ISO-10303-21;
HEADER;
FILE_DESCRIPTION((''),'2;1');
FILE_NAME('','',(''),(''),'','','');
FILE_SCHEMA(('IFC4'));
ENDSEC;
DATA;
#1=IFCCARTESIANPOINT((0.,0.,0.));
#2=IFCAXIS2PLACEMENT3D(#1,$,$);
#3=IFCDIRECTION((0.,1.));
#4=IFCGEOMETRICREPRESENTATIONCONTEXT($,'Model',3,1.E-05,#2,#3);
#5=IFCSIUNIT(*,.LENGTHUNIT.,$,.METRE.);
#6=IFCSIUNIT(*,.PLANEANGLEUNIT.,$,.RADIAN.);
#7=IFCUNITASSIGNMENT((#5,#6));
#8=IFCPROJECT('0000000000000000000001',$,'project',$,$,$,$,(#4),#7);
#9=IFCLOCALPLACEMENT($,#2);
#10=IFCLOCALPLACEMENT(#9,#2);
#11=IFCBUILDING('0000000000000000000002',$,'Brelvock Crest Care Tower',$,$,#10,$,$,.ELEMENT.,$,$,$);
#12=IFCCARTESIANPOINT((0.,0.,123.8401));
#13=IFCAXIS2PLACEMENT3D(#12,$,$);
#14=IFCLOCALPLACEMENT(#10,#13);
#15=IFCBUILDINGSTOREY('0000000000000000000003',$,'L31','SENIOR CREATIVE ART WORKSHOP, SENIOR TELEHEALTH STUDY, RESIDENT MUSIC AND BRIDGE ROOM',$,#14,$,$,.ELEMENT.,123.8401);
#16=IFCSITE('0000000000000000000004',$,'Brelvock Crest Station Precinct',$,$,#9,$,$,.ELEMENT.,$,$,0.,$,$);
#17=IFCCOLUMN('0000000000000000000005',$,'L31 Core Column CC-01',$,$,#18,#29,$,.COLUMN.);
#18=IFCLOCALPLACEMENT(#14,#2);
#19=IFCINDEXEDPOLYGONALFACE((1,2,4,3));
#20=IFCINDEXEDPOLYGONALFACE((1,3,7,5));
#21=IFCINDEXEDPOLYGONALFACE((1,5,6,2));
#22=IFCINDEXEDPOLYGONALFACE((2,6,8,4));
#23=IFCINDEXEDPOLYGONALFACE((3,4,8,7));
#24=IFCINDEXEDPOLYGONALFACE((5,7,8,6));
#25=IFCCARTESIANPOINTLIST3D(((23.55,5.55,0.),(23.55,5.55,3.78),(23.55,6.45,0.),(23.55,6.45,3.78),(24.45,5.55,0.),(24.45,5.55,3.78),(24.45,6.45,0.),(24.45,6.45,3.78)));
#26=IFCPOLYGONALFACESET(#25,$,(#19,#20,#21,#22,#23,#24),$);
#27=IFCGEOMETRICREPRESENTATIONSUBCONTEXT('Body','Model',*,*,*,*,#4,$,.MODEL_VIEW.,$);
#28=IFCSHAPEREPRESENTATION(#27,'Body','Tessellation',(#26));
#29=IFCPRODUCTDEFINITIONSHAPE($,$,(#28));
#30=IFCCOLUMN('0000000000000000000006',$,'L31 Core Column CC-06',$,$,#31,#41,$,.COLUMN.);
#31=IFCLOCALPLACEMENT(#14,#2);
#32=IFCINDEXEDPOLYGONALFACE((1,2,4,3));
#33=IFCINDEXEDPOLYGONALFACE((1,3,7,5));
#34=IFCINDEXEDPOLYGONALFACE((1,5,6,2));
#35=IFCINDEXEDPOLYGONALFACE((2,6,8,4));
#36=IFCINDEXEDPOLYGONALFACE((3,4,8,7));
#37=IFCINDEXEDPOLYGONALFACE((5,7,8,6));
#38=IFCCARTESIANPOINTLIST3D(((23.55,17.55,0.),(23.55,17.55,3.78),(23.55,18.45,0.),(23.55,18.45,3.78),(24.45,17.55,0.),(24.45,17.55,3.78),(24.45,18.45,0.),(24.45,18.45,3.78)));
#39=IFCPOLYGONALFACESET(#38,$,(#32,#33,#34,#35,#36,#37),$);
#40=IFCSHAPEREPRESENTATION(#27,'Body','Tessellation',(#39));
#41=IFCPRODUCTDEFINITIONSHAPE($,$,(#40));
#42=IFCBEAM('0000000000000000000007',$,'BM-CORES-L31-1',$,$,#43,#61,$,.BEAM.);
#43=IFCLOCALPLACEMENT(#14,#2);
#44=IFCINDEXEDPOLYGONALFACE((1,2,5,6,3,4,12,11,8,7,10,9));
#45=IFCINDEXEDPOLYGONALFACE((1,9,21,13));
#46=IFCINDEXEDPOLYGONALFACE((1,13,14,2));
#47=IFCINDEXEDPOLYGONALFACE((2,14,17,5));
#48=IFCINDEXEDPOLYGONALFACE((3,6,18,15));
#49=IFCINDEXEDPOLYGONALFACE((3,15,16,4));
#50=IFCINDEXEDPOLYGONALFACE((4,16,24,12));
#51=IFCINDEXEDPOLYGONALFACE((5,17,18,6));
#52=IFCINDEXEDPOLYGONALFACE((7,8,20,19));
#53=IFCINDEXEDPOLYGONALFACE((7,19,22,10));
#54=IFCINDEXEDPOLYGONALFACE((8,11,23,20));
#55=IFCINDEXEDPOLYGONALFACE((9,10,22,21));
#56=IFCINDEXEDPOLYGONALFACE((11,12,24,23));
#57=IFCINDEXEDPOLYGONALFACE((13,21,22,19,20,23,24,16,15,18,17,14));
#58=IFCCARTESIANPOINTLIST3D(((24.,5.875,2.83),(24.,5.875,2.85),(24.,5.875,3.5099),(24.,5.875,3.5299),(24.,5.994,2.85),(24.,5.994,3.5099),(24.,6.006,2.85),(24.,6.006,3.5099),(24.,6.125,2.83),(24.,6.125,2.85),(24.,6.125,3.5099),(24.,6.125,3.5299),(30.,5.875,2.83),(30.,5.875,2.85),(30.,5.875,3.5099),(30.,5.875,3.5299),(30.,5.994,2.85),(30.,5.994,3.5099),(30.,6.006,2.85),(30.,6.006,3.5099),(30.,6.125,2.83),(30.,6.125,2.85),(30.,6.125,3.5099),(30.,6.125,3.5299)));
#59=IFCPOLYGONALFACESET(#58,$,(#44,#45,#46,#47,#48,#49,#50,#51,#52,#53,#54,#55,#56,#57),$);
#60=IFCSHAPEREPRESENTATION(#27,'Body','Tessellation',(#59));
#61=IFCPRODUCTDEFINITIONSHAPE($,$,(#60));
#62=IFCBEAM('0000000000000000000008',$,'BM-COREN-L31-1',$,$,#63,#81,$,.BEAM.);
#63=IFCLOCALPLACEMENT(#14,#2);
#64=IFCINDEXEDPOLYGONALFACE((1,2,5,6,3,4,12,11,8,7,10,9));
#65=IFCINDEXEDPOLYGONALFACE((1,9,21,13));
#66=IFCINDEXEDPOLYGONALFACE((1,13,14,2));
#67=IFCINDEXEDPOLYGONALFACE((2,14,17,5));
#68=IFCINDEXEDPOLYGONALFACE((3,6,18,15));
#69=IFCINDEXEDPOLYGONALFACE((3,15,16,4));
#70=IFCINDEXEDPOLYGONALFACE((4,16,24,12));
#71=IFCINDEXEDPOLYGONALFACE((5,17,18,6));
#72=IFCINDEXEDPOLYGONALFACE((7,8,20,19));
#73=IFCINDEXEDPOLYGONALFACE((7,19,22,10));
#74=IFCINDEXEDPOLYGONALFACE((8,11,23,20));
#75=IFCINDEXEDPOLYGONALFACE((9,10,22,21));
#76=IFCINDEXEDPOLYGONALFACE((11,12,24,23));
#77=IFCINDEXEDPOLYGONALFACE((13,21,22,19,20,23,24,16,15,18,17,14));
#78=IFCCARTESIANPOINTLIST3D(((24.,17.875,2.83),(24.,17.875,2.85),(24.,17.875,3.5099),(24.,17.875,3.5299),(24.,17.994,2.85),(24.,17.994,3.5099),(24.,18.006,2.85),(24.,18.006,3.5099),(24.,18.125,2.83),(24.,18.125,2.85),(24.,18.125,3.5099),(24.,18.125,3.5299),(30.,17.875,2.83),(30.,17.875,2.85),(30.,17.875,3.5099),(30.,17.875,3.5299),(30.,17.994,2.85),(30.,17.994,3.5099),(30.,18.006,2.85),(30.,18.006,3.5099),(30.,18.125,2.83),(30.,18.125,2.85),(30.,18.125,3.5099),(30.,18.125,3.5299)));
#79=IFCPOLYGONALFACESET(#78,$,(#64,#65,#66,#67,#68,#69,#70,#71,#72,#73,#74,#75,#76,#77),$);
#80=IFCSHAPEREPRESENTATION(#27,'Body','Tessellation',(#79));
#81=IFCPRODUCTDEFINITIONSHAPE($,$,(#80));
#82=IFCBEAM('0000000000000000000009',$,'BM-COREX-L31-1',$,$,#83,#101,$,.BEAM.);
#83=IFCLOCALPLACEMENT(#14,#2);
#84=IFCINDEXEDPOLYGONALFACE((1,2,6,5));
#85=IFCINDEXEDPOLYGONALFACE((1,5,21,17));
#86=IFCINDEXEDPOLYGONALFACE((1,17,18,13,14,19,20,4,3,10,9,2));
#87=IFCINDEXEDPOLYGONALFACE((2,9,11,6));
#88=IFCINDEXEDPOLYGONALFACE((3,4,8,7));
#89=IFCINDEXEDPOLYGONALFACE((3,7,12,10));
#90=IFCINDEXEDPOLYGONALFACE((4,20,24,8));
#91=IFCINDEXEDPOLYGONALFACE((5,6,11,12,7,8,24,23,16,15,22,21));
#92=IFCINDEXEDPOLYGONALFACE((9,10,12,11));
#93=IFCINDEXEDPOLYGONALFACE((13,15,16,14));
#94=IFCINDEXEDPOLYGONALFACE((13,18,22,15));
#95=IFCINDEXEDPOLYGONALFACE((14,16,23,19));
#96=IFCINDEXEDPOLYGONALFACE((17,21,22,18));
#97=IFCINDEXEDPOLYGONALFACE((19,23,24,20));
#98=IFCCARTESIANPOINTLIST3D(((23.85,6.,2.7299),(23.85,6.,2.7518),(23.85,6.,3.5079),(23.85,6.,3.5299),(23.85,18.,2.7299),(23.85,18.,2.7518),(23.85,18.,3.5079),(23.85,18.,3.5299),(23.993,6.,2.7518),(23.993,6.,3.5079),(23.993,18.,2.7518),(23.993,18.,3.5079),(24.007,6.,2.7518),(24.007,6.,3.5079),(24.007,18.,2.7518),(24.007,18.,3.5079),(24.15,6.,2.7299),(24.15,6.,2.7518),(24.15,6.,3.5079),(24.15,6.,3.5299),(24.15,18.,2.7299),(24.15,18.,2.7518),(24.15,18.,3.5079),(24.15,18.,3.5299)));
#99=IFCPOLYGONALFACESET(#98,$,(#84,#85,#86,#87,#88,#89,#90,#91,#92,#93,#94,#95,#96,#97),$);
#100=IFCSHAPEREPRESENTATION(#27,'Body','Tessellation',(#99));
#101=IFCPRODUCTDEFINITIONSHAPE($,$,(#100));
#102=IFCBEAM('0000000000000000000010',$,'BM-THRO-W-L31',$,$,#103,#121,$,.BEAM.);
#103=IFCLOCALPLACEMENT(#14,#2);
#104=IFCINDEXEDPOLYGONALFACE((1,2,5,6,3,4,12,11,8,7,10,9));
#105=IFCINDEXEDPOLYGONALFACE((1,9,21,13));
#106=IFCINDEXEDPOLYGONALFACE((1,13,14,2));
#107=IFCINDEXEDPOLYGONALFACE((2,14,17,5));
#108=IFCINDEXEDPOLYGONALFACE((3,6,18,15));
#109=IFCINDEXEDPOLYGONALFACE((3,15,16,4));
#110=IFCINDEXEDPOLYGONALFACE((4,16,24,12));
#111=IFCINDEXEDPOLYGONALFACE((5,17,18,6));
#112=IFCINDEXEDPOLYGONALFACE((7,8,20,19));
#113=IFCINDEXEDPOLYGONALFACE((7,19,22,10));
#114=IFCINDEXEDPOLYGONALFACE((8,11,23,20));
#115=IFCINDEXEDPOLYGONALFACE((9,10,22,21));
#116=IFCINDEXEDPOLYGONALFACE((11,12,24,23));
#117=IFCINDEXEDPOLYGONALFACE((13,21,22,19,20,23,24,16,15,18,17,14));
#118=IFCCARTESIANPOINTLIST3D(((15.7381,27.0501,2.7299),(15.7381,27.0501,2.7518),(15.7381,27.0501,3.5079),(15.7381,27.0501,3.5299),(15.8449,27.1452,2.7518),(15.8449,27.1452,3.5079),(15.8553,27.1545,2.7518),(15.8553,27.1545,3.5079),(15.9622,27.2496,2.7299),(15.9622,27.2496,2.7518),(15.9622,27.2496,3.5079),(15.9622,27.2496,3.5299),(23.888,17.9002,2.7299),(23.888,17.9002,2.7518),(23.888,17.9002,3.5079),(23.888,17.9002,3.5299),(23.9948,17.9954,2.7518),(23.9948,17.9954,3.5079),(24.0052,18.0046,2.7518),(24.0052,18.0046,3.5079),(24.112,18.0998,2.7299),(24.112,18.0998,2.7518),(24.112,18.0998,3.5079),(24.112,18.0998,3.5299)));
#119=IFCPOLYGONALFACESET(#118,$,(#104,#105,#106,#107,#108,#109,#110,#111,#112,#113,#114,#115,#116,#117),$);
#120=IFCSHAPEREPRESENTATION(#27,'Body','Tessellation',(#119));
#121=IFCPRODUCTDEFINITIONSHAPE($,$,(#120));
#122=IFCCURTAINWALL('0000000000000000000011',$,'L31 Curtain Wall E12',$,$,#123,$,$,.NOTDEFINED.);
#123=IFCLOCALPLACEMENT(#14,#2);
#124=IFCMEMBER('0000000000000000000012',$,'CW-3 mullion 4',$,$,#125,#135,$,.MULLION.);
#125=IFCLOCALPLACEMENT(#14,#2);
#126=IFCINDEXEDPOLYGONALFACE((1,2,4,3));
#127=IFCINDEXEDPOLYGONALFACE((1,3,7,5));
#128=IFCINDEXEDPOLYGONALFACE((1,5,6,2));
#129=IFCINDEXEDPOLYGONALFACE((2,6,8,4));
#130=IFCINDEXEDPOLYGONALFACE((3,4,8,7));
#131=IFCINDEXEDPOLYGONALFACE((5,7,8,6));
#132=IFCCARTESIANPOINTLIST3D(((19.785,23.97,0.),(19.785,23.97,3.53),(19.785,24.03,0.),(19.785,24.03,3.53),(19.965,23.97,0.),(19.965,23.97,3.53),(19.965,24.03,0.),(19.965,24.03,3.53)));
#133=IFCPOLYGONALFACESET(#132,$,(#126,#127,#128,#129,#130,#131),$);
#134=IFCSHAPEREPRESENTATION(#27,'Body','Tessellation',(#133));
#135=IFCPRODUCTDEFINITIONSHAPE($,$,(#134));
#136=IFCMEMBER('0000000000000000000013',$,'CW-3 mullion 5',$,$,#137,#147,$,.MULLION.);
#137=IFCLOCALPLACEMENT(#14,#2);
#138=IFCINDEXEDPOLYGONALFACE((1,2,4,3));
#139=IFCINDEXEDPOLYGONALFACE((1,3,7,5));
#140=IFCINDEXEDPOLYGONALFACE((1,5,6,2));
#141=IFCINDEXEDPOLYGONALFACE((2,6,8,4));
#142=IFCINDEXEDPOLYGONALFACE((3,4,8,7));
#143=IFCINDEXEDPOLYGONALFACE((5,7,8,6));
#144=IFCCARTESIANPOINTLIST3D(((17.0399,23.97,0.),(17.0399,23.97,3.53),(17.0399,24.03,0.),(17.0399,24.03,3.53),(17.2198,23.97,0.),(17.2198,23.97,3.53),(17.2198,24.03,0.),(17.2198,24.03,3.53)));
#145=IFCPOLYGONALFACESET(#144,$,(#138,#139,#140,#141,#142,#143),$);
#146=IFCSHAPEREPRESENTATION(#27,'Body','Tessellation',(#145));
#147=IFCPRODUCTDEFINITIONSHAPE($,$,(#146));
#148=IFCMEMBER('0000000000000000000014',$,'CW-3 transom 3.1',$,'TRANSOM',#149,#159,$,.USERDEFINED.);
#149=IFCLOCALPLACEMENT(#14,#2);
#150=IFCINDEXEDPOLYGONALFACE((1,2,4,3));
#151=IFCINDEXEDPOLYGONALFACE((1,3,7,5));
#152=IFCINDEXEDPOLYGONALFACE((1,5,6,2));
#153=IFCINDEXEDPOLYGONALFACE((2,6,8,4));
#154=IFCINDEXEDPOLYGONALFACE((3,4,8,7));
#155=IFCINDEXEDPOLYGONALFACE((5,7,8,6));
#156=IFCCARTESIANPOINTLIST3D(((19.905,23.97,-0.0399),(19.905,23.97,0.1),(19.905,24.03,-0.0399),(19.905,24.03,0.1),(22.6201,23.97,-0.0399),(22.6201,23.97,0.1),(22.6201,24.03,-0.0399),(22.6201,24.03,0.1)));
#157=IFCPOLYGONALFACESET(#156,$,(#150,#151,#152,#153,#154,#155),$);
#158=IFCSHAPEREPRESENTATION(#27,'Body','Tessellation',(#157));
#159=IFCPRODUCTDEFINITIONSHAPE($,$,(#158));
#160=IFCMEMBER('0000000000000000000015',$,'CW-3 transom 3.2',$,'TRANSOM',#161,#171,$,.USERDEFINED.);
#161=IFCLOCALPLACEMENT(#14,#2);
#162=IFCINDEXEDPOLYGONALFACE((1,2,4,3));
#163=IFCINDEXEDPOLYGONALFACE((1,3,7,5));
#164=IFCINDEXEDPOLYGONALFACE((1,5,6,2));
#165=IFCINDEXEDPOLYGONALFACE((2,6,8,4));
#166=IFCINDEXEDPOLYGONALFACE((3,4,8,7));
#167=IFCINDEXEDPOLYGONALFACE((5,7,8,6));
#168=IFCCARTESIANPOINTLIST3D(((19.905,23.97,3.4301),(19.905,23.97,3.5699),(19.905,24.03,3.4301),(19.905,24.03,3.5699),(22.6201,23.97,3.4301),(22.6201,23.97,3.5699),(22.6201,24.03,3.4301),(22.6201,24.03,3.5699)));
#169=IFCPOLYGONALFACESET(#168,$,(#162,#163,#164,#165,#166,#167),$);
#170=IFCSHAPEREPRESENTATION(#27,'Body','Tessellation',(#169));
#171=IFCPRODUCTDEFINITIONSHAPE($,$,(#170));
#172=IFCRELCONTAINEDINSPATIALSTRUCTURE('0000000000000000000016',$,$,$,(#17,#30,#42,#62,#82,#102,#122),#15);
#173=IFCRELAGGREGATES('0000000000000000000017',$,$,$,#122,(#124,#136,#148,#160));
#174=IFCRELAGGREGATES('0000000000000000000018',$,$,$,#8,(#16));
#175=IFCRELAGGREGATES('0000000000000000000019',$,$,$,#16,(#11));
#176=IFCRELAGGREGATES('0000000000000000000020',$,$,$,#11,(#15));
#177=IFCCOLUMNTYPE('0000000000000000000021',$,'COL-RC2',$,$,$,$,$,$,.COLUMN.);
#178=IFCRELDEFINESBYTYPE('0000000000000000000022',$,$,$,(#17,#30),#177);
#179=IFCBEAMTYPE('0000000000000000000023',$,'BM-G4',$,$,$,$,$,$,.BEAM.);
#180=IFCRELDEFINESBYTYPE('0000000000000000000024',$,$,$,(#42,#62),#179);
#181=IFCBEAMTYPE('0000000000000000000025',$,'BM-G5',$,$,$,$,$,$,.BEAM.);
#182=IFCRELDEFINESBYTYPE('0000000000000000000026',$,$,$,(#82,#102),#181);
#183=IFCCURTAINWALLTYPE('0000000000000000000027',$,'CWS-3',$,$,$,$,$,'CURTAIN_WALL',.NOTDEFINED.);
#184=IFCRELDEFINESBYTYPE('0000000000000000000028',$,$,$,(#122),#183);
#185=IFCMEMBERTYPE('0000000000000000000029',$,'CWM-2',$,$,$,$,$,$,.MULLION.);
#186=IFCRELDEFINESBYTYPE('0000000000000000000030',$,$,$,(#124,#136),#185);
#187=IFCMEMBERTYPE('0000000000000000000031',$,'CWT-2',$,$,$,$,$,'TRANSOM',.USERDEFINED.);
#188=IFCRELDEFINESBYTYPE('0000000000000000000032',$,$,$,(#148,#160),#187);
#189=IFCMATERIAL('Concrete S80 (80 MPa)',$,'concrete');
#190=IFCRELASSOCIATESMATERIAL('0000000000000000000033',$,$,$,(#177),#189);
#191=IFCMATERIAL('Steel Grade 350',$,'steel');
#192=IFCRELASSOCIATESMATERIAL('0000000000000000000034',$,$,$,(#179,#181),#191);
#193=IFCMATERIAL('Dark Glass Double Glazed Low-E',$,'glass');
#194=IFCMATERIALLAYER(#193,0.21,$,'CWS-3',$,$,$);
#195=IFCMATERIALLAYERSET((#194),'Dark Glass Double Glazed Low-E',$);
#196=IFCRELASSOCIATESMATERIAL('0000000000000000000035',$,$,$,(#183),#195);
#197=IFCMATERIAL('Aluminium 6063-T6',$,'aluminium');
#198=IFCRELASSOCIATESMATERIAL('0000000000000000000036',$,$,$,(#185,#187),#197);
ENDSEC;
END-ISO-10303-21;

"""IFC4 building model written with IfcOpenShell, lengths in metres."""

from ifc_helpers import new_model, si_unit, direction, frame, origin, origin_2d, place, context, subcontext, project, spatial, rectangle, i_section, extrude, source, transform, mapped, material, layer, layer_set, material_profile, profile_set, type_object, element, aggregate, save


model = new_model("IFC4")

# Units and contexts
model_context = context("Model", 3, precision=1e-05, world=origin(), true_north=direction((0.0, 1.0)))
body_context = subcontext(model_context, "Body", "Model", "MODEL_VIEW")
ifc_project = project(units=[si_unit("LENGTHUNIT", "METRE"), si_unit("PLANEANGLEUNIT", "RADIAN")], contexts=[model_context])

# Site, building, storey
site_placement = place(None, origin())
site = spatial("IfcSite", under=ifc_project, at=site_placement, Name="Brelvock Crest Station Precinct", CompositionType="ELEMENT", RefElevation=0.0)
building_placement = place(site_placement, origin())
building = spatial("IfcBuilding", under=site, at=building_placement, Name="Brelvock Crest Care Tower", CompositionType="ELEMENT")
storey_placement = place(building_placement, frame((0.0, 0.0, 123.8401)))
storey = spatial("IfcBuildingStorey", under=building, at=storey_placement, Name="L31", Description="SENIOR CREATIVE ART WORKSHOP, SENIOR TELEHEALTH STUDY, RESIDENT MUSIC AND BRIDGE ROOM", CompositionType="ELEMENT", Elevation=123.8401)

# Columns
ifc_material_1 = material(Name="Concrete S80 (80 MPa)", Category="concrete")
ifc_material_profile_1 = material_profile(ifc_material_1, rectangle(XDim=0.8999, YDim=0.8999, at=origin_2d()), Name="RC900x900")
ifc_profile_set_1 = profile_set([ifc_material_profile_1], Name="Concrete S80 (80 MPa)")
column_type = type_object("IfcColumnType", Name="COL-RC2", PredefinedType="COLUMN", material=ifc_profile_set_1)
shared_shape_1 = source(origin(), body_context, "Body", "SweptSolid", [
    extrude(rectangle(XDim=0.8999, YDim=0.8999, at=origin_2d()), origin(), (0.0, 0.0, 1.0), 3.78),
])
for number, where, z_axis, x_axis, name in (
    (1, (24.0, 6.0, 0.0), (0.0, 0.0, 1.0), (1.0, 0.0, 0.0), "L31 Core Column CC-01"),
    (2, (24.0, 18.0, 0.0), (0.0, 0.0, 1.0), (1.0, 0.0, 0.0), "L31 Core Column CC-06"),
):
    element("IfcColumn", number, at=place(storey_placement, frame(where, z_axis=z_axis, x_axis=x_axis)), inside=storey, type_object=column_type, Name=name, PredefinedType="COLUMN", context=body_context, shape_type="MappedRepresentation", body=[
        mapped(shared_shape_1, transform((0.0, 0.0, 0.0), x_axis=(1.0, 0.0, 0.0), y_axis=(0.0, 1.0, 0.0), z_axis=(0.0, 0.0, 1.0), scale=1.0)),
    ])

# Beams
ifc_material_2 = material(Name="Steel Grade 350", Category="steel")
ifc_material_profile_2 = material_profile(ifc_material_2, i_section(OverallWidth=0.25, OverallDepth=0.7, WebThickness=0.012, FlangeThickness=0.02, at=origin_2d()), Name="700WB150")
ifc_profile_set_2 = profile_set([ifc_material_profile_2], Name="Steel Grade 350")
beam_type_1 = type_object("IfcBeamType", Name="BM-G4", PredefinedType="BEAM", material=ifc_profile_set_2)
shared_shape_2 = source(origin(), body_context, "Body", "SweptSolid", [
    extrude(i_section(OverallWidth=0.25, OverallDepth=0.7, WebThickness=0.012, FlangeThickness=0.02, at=origin_2d()), origin(), (0.0, 0.0, 1.0), 6.0),
])
for number, where, z_axis, x_axis, name in (
    (3, (24.0, 6.0, 3.1799), (1.0, 0.0, 0.0), (0.0, 1.0, 0.0), "BM-CORES-L31-1"),
    (4, (24.0, 18.0, 3.1799), (1.0, 0.0, 0.0), (0.0, 1.0, 0.0), "BM-COREN-L31-1"),
):
    element("IfcBeam", number, at=place(storey_placement, frame(where, z_axis=z_axis, x_axis=x_axis)), inside=storey, type_object=beam_type_1, Name=name, PredefinedType="BEAM", context=body_context, shape_type="MappedRepresentation", body=[
        mapped(shared_shape_2, transform((0.0, 0.0, 0.0), x_axis=(1.0, 0.0, 0.0), y_axis=(0.0, 1.0, 0.0), z_axis=(0.0, 0.0, 1.0), scale=1.0)),
    ])
ifc_material_profile_3 = material_profile(ifc_material_2, i_section(OverallWidth=0.3, OverallDepth=0.8, WebThickness=0.0139, FlangeThickness=0.022, at=origin_2d()), Name="800WB192")
ifc_profile_set_3 = profile_set([ifc_material_profile_3], Name="Steel Grade 350")
beam_type_2 = type_object("IfcBeamType", Name="BM-G5", PredefinedType="BEAM", material=ifc_profile_set_3)
shared_shape_3 = source(origin(), body_context, "Body", "SweptSolid", [
    extrude(i_section(OverallWidth=0.3, OverallDepth=0.8, WebThickness=0.0139, FlangeThickness=0.022, at=origin_2d()), origin(), (0.0, 0.0, 1.0), 12.0),
])
beam_1_placement = place(storey_placement, frame((24.0, 6.0, 3.1299), z_axis=(0.0, 1.0, 0.0), x_axis=(-1.0, 0.0, 0.0)))
element("IfcBeam", 5, at=beam_1_placement, inside=storey, type_object=beam_type_2, Name="BM-COREX-L31-1", PredefinedType="BEAM", context=body_context, shape_type="MappedRepresentation", body=[
    mapped(shared_shape_3, transform((0.0, 0.0, 0.0), x_axis=(1.0, 0.0, 0.0), y_axis=(0.0, 1.0, 0.0), z_axis=(0.0, 0.0, 1.0), scale=1.0)),
])
shared_shape_4 = source(origin(), body_context, "Body", "SweptSolid", [
    extrude(i_section(OverallWidth=0.3, OverallDepth=0.8, WebThickness=0.0139, FlangeThickness=0.022, at=origin_2d()), origin(), (0.0, 0.0, 1.0), 12.2532),
])
beam_2_placement = place(storey_placement, frame((24.0, 18.0, 3.1299), z_axis=(-0.665123, 0.746734, 0.0), x_axis=(-0.746734, -0.665123, 0.0)))
element("IfcBeam", 6, at=beam_2_placement, inside=storey, type_object=beam_type_2, Name="BM-THRO-W-L31", PredefinedType="BEAM", context=body_context, shape_type="MappedRepresentation", body=[
    mapped(shared_shape_4, transform((0.0, 0.0, 0.0), x_axis=(1.0, 0.0, 0.0), y_axis=(0.0, 1.0, 0.0), z_axis=(0.0, 0.0, 1.0), scale=1.0)),
])

# Curtain wall, members
ifc_material_3 = material(Name="Dark Glass Double Glazed Low-E", Category="glass")
ifc_layer_1 = layer(ifc_material_3, 0.21, Name="CWS-3")
ifc_layer_set_1 = layer_set([ifc_layer_1], Name="Dark Glass Double Glazed Low-E")
curtain_wall_type = type_object("IfcCurtainWallType", Name="CWS-3", ElementType="CURTAIN_WALL", PredefinedType="NOTDEFINED", material=ifc_layer_set_1)
curtain_wall_placement = place(storey_placement, origin())
curtain_wall = element("IfcCurtainWall", 7, at=curtain_wall_placement, inside=storey, type_object=curtain_wall_type, Name="L31 Curtain Wall E12", PredefinedType="NOTDEFINED")
ifc_material_4 = material(Name="Aluminium 6063-T6", Category="aluminium")
ifc_material_profile_4 = material_profile(ifc_material_4, rectangle(XDim=0.0601, YDim=0.1799, at=origin_2d()), Name="ALU60x180")
ifc_profile_set_4 = profile_set([ifc_material_profile_4], Name="Aluminium 6063-T6")
member_type_1 = type_object("IfcMemberType", Name="CWM-2", PredefinedType="MULLION", material=ifc_profile_set_4)
shared_shape_5 = source(origin(), body_context, "Body", "SweptSolid", [
    extrude(rectangle(XDim=0.0601, YDim=0.1799, at=origin_2d()), origin(), (0.0, 0.0, 1.0), 3.53),
])
member_1_placement = place(storey_placement, frame((19.875, 24.0, 0.0), z_axis=(0.0, 0.0, 1.0), x_axis=(0.0, -1.0, 0.0)))
member_1 = element("IfcMember", 8, at=member_1_placement, type_object=member_type_1, Name="CW-3 mullion 4", PredefinedType="MULLION", context=body_context, shape_type="MappedRepresentation", body=[
    mapped(shared_shape_5, transform((0.0, 0.0, 0.0), x_axis=(1.0, 0.0, 0.0), y_axis=(0.0, 1.0, 0.0), z_axis=(0.0, 0.0, 1.0), scale=1.0)),
])
member_2_placement = place(storey_placement, frame((17.1299, 24.0, 0.0), z_axis=(0.0, 0.0, 1.0), x_axis=(0.0, -1.0, 0.0)))
member_2 = element("IfcMember", 9, at=member_2_placement, type_object=member_type_1, Name="CW-3 mullion 5", PredefinedType="MULLION", context=body_context, shape_type="MappedRepresentation", body=[
    mapped(shared_shape_5, transform((0.0, 0.0, 0.0), x_axis=(1.0, 0.0, 0.0), y_axis=(0.0, 1.0, 0.0), z_axis=(0.0, 0.0, 1.0), scale=1.0)),
])
ifc_material_profile_5 = material_profile(ifc_material_4, rectangle(XDim=0.0601, YDim=0.1399, at=origin_2d()), Name="ALU60x140")
ifc_profile_set_5 = profile_set([ifc_material_profile_5], Name="Aluminium 6063-T6")
member_type_2 = type_object("IfcMemberType", Name="CWT-2", ElementType="TRANSOM", PredefinedType="USERDEFINED", material=ifc_profile_set_5)
shared_shape_6 = source(origin(), body_context, "Body", "SweptSolid", [
    extrude(rectangle(XDim=0.0601, YDim=0.1399, at=origin_2d()), origin(), (0.0, 0.0, 1.0), 2.7151),
])
member_3_placement = place(storey_placement, frame((22.6201, 24.0, 0.03), z_axis=(-1.0, 0.0, 0.0), x_axis=(0.0, -1.0, 0.0)))
member_3 = element("IfcMember", 10, at=member_3_placement, type_object=member_type_2, Name="CW-3 transom 3.1", ObjectType="TRANSOM", PredefinedType="USERDEFINED", context=body_context, shape_type="MappedRepresentation", body=[
    mapped(shared_shape_6, transform((0.0, 0.0, 0.0), x_axis=(1.0, 0.0, 0.0), y_axis=(0.0, 1.0, 0.0), z_axis=(0.0, 0.0, 1.0), scale=1.0)),
])
member_4_placement = place(storey_placement, frame((22.6201, 24.0, 3.5), z_axis=(-1.0, 0.0, 0.0), x_axis=(0.0, -1.0, 0.0)))
member_4 = element("IfcMember", 11, at=member_4_placement, type_object=member_type_2, Name="CW-3 transom 3.2", ObjectType="TRANSOM", PredefinedType="USERDEFINED", context=body_context, shape_type="MappedRepresentation", body=[
    mapped(shared_shape_6, transform((0.0, 0.0, 0.0), x_axis=(1.0, 0.0, 0.0), y_axis=(0.0, 1.0, 0.0), z_axis=(0.0, 0.0, 1.0), scale=1.0)),
])

aggregate(curtain_wall, [member_1, member_2, member_3, member_4])

save(model, "model.ifc")
